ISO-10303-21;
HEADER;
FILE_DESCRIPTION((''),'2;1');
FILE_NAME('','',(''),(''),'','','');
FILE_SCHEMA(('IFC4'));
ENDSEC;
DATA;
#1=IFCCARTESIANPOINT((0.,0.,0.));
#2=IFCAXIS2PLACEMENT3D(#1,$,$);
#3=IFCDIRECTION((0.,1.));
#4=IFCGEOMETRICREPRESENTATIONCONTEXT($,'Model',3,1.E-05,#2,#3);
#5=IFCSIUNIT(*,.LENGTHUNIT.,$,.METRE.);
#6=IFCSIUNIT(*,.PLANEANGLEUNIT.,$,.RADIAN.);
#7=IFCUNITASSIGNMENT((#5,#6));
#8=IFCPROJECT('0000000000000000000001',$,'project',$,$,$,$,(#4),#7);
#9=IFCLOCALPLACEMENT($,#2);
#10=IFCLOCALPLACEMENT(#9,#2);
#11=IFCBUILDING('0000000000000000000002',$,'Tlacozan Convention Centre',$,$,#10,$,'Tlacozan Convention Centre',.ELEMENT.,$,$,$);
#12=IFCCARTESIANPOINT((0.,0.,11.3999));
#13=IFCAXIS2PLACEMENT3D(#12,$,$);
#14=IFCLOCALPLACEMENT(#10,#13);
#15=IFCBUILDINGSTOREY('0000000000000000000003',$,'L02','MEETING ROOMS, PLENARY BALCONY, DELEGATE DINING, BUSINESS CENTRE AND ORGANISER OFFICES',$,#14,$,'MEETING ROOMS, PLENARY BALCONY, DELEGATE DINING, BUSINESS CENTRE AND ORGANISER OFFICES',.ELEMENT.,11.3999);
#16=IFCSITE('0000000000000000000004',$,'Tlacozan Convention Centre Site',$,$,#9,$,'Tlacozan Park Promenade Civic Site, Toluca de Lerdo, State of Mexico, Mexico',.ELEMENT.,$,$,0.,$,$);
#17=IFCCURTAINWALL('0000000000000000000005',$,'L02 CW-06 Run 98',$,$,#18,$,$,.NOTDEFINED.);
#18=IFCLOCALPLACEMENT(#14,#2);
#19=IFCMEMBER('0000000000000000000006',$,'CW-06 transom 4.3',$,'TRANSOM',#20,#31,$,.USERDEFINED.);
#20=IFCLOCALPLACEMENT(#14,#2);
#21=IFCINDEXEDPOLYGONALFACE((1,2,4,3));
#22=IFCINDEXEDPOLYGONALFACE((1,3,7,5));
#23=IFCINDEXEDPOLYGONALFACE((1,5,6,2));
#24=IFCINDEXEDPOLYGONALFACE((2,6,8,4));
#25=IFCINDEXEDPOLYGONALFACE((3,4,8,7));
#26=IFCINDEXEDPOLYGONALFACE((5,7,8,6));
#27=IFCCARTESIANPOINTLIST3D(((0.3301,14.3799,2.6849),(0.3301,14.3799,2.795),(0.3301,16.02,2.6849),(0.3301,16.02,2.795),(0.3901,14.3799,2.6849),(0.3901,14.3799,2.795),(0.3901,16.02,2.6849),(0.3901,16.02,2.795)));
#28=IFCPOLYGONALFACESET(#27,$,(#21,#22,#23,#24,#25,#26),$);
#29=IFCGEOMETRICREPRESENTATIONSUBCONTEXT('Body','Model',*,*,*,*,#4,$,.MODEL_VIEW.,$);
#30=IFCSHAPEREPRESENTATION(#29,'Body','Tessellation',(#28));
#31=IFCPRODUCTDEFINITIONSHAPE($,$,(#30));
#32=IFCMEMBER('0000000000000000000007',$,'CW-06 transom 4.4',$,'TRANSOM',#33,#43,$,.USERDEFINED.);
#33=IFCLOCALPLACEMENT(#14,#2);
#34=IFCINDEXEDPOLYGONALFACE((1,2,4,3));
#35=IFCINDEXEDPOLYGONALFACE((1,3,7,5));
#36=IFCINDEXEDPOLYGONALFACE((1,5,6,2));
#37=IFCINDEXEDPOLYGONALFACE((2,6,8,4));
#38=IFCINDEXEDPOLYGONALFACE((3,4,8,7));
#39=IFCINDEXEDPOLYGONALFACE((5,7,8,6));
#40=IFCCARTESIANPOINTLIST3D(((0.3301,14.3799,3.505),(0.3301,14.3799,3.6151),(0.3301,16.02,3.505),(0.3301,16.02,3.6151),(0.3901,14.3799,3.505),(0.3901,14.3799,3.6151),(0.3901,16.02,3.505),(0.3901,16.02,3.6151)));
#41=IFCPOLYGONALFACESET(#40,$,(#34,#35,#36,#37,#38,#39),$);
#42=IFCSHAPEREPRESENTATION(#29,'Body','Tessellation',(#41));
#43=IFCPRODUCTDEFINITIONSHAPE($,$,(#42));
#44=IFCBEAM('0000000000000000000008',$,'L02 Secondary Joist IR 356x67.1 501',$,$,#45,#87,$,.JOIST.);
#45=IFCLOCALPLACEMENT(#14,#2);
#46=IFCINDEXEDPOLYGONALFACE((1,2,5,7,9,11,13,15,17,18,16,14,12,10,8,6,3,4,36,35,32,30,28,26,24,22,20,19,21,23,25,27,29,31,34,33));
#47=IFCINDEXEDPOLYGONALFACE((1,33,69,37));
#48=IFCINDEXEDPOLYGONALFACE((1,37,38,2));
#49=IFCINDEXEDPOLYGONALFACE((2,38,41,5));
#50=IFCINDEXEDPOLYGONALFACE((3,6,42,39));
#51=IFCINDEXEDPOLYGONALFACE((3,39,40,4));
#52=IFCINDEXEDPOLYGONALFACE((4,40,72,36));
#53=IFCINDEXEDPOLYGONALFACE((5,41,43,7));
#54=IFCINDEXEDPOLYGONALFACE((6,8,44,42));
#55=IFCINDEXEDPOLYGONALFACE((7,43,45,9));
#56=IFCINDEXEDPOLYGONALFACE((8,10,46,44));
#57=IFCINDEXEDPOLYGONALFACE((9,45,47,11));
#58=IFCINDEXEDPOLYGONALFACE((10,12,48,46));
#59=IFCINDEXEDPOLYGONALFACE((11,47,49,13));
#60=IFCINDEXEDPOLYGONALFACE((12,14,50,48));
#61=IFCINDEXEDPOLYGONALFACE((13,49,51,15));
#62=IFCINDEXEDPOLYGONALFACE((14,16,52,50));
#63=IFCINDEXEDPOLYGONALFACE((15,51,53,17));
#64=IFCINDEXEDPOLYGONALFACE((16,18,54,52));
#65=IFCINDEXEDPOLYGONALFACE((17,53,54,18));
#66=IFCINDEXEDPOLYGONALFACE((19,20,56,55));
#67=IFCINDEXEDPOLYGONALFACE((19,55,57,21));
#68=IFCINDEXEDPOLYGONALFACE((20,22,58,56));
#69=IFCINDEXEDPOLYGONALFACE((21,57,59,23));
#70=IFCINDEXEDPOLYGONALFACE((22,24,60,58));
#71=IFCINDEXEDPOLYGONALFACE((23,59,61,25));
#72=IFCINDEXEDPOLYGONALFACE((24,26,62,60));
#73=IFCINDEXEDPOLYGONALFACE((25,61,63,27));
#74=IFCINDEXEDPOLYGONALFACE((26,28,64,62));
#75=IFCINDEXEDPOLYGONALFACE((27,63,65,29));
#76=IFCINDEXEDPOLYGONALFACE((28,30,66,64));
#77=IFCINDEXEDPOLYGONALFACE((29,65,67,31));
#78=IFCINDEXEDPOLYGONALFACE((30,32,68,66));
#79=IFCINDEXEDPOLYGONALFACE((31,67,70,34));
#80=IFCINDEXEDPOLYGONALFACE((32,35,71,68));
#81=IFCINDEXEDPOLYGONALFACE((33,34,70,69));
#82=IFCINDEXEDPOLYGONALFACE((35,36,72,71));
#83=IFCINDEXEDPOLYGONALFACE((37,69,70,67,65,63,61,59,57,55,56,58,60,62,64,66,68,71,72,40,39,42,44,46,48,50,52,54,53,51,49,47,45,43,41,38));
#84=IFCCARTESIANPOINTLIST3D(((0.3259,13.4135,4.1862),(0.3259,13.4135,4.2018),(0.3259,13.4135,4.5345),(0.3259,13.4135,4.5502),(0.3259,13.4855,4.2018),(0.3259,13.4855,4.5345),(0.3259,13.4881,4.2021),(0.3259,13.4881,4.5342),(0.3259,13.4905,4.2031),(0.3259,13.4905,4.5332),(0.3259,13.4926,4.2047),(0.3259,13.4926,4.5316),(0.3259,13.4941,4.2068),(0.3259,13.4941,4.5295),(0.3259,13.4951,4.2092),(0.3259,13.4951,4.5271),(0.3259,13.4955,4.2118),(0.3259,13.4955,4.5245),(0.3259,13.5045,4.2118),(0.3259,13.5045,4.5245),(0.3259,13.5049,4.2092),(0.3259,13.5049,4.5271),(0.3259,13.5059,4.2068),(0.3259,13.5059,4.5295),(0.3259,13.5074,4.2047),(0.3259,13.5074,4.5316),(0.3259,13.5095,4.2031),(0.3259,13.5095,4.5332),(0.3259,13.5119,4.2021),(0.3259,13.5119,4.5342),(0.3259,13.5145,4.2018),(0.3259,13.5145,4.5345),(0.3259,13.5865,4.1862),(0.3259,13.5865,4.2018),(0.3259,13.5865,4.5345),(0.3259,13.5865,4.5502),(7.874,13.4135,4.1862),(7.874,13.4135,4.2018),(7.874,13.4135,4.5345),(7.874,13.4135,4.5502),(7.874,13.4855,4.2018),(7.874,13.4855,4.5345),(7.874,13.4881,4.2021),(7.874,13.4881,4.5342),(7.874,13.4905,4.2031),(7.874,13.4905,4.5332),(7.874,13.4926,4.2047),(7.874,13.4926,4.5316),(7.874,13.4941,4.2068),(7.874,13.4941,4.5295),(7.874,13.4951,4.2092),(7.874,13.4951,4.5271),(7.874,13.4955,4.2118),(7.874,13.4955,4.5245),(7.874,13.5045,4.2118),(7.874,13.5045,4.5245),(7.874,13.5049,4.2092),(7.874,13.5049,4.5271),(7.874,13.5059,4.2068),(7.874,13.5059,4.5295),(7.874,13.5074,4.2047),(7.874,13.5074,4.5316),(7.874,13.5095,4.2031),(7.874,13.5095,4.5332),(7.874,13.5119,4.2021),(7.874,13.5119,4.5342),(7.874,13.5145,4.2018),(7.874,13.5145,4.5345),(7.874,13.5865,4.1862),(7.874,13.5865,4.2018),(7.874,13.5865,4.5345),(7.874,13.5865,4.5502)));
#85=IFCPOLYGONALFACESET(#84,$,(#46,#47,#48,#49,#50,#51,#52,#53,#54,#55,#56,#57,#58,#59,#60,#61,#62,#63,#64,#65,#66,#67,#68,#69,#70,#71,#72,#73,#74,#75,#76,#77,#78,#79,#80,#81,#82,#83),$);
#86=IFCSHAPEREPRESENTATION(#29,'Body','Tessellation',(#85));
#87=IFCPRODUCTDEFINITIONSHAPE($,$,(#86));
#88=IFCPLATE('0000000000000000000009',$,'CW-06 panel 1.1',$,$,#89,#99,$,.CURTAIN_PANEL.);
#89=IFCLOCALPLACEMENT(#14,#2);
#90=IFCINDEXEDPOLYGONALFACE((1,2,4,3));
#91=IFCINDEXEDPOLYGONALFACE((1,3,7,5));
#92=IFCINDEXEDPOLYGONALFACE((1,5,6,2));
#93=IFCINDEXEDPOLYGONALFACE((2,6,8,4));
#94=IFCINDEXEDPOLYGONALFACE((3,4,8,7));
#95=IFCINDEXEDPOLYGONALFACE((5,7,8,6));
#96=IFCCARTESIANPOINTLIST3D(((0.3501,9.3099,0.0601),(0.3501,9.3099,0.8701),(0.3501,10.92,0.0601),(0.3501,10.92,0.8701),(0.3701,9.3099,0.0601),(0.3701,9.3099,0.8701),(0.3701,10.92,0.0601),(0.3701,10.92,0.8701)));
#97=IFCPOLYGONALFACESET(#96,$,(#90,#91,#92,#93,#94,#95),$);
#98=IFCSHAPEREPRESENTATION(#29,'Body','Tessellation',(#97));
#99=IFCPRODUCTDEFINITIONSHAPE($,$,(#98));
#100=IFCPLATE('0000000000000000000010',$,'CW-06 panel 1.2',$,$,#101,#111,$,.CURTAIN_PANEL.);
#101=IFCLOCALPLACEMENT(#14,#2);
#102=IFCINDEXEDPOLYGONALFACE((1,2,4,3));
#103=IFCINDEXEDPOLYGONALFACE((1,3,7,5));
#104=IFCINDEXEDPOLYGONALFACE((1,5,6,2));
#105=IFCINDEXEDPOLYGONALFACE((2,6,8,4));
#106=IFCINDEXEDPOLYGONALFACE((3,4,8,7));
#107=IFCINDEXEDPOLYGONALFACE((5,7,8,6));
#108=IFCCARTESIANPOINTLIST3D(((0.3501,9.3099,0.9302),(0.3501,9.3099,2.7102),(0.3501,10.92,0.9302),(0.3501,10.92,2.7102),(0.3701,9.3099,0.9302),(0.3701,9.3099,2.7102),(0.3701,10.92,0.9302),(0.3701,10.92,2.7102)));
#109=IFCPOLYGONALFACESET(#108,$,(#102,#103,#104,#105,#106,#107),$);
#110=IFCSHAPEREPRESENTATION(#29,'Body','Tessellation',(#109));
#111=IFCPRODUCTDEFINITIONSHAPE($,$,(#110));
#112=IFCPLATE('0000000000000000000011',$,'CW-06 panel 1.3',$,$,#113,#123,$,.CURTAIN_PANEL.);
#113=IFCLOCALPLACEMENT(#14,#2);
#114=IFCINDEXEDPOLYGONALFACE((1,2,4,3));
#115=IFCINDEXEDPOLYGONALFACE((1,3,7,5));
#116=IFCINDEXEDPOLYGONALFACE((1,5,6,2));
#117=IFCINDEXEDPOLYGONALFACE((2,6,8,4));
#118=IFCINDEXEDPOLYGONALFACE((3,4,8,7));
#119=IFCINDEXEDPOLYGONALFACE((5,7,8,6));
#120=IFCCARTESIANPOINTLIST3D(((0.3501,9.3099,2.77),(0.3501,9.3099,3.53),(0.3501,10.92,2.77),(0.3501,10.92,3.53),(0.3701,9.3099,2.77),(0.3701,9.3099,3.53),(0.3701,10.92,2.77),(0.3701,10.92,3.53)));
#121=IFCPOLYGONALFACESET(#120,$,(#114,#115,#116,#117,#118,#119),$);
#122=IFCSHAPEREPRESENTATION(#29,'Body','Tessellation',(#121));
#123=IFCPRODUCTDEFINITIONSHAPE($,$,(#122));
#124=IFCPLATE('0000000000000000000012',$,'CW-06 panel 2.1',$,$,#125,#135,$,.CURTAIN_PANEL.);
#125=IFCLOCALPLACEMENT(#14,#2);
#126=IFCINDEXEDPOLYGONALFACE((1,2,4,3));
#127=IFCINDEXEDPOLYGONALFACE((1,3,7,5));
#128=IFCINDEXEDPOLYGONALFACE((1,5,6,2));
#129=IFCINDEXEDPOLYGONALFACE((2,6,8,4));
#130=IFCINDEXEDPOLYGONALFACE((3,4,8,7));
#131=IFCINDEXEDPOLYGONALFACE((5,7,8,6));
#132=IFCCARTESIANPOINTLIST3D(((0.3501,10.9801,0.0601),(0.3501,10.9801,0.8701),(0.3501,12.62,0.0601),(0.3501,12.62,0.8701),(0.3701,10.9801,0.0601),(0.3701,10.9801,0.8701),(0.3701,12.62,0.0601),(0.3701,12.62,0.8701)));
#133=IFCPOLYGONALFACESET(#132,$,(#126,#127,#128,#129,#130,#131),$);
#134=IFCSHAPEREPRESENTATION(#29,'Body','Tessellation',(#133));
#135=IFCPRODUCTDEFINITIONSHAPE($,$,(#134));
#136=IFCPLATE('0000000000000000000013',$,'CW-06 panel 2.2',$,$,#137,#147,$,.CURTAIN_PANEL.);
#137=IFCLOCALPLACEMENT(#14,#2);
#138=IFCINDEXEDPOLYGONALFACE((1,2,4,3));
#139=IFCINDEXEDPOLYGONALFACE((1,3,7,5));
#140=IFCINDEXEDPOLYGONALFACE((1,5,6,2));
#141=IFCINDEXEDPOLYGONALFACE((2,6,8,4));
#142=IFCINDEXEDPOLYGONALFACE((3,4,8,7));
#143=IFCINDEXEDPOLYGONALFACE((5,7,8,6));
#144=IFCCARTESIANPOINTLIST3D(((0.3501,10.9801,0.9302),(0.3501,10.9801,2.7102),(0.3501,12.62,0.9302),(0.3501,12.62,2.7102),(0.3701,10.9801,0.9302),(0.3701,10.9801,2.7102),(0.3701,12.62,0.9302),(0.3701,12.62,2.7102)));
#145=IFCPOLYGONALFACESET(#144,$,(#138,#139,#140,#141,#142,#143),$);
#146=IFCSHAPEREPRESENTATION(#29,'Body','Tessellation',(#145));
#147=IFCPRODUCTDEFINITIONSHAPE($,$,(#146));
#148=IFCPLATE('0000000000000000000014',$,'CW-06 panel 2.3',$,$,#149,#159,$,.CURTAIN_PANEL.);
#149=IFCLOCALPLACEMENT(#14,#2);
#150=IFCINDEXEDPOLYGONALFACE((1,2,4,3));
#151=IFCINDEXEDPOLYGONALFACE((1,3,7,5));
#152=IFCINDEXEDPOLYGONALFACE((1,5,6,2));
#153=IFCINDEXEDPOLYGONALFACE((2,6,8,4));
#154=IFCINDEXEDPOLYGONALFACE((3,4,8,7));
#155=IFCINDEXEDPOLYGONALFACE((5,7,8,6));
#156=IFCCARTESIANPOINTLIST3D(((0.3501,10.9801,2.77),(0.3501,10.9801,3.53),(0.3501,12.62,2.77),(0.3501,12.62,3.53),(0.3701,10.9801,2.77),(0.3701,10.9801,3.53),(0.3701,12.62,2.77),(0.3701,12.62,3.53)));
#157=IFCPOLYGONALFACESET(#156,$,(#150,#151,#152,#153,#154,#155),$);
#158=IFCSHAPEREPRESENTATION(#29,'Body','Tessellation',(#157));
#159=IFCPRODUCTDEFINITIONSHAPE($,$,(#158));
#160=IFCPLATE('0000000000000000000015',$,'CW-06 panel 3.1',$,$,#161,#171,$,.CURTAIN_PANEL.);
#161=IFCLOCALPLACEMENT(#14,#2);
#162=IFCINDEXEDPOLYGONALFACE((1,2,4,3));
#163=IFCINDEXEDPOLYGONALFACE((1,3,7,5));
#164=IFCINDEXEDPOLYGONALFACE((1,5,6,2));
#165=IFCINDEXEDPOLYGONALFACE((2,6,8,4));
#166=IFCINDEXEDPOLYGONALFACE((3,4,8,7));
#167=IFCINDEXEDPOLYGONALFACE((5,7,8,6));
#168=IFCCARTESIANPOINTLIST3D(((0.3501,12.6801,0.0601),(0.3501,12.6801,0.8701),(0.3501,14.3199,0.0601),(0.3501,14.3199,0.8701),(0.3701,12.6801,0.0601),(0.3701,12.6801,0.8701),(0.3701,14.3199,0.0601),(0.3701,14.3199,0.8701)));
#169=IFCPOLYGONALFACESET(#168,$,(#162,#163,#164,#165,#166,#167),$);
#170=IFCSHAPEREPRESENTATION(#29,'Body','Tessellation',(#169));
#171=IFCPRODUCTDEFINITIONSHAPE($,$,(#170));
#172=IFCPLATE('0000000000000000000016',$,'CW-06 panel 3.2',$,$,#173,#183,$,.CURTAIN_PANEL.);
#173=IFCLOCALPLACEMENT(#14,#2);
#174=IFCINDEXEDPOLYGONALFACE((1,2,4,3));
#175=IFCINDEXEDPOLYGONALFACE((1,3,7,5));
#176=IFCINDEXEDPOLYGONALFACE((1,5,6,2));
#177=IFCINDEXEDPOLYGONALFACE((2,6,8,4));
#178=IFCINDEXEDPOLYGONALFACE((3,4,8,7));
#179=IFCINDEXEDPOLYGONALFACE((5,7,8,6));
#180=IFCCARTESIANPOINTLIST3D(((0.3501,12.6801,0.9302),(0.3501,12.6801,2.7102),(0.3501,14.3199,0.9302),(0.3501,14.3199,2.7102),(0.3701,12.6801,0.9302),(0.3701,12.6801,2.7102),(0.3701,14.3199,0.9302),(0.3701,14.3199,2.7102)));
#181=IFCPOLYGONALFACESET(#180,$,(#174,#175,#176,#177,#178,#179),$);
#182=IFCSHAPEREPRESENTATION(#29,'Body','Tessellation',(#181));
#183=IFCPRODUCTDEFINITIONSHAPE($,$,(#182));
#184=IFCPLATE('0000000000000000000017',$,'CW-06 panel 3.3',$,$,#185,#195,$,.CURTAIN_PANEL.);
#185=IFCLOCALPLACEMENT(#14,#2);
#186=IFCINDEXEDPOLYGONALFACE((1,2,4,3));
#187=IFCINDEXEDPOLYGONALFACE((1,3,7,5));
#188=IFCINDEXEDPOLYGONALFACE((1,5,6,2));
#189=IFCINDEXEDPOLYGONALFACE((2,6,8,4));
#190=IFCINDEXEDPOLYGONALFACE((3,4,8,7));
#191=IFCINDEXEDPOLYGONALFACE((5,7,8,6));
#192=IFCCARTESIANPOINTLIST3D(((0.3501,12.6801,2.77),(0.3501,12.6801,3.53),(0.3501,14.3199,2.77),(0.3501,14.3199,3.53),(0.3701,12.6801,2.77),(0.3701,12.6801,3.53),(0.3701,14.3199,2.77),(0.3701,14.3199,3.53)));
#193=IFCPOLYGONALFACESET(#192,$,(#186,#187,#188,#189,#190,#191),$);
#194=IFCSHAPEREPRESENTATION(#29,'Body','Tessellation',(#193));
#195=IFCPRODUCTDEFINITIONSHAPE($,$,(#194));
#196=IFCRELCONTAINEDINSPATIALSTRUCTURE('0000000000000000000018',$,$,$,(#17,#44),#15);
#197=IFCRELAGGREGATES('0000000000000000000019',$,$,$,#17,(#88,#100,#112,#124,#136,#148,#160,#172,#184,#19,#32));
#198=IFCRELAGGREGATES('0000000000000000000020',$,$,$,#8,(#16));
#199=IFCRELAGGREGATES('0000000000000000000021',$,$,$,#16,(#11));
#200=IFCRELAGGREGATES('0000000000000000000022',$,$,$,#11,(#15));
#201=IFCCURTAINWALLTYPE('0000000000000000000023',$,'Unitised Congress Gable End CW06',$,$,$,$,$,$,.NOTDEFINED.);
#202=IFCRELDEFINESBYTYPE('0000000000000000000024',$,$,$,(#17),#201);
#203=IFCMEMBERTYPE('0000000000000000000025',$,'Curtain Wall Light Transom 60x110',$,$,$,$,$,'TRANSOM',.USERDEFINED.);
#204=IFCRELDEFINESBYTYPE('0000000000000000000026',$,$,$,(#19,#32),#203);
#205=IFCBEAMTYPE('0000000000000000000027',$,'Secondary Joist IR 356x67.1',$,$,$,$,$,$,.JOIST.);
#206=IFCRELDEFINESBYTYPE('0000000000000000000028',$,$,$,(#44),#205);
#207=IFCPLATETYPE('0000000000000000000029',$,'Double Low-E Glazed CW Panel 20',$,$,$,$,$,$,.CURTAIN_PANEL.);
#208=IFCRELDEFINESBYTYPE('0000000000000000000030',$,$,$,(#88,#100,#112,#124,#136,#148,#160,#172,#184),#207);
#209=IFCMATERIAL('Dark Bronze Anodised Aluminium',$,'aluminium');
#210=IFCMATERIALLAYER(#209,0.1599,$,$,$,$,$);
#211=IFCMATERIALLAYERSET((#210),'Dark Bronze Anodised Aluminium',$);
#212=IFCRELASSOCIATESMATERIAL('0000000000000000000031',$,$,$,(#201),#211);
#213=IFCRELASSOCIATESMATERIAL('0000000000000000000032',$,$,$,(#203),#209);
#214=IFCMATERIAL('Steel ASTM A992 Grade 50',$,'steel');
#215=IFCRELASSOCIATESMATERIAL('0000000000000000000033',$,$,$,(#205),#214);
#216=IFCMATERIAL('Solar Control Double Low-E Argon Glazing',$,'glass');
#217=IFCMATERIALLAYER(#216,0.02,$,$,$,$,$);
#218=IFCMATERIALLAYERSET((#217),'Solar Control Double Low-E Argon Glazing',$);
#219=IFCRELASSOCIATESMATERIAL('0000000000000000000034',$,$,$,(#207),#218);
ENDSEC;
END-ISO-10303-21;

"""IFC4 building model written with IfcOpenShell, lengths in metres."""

from ifc_helpers import new_model, si_unit, direction, frame, origin, origin_2d, place, context, subcontext, project, spatial, rectangle, i_section, extrude, material, layer, layer_set, material_profile, profile_set, type_object, element, aggregate, save


model = new_model("IFC4")

# Units and contexts
model_context = context("Model", 3, precision=1e-05, world=origin(), true_north=direction((0.0, 1.0)))
body_context = subcontext(model_context, "Body", "Model", "MODEL_VIEW")
ifc_project = project(units=[si_unit("LENGTHUNIT", "METRE"), si_unit("PLANEANGLEUNIT", "RADIAN")], contexts=[model_context])

# Site, building, storey
site_placement = place(None, origin())
site = spatial("IfcSite", under=ifc_project, at=site_placement, Name="Tlacozan Convention Centre Site", LongName="Tlacozan Park Promenade Civic Site, Toluca de Lerdo, State of Mexico, Mexico", CompositionType="ELEMENT", RefElevation=0.0)
building_placement = place(site_placement, origin())
building = spatial("IfcBuilding", under=site, at=building_placement, Name="Tlacozan Convention Centre", LongName="Tlacozan Convention Centre", CompositionType="ELEMENT")
storey_placement = place(building_placement, frame((0.0, 0.0, 11.3999)))
storey = spatial("IfcBuildingStorey", under=building, at=storey_placement, Name="L02", Description="MEETING ROOMS, PLENARY BALCONY, DELEGATE DINING, BUSINESS CENTRE AND ORGANISER OFFICES", LongName="MEETING ROOMS, PLENARY BALCONY, DELEGATE DINING, BUSINESS CENTRE AND ORGANISER OFFICES", CompositionType="ELEMENT", Elevation=11.3999)

# Curtain wall, members
ifc_material_1 = material(Name="Dark Bronze Anodised Aluminium", Category="aluminium")
ifc_layer_1 = layer(ifc_material_1, 0.1599)
ifc_layer_set_1 = layer_set([ifc_layer_1], Name="Dark Bronze Anodised Aluminium")
curtain_wall_type = type_object("IfcCurtainWallType", Name="Unitised Congress Gable End CW06", PredefinedType="NOTDEFINED", material=ifc_layer_set_1)
curtain_wall_placement = place(storey_placement, origin())
curtain_wall = element("IfcCurtainWall", 1, at=curtain_wall_placement, inside=storey, type_object=curtain_wall_type, Name="L02 CW-06 Run 98", PredefinedType="NOTDEFINED")
ifc_material_profile_1 = material_profile(ifc_material_1, rectangle(XDim=0.0601, YDim=0.1101, at=origin_2d()), Name="ALU 60x110")
ifc_profile_set_1 = profile_set([ifc_material_profile_1], Name="Dark Bronze Anodised Aluminium")
member_type_1 = type_object("IfcMemberType", Name="Curtain Wall Light Transom 60x110", ElementType="TRANSOM", PredefinedType="USERDEFINED", material=ifc_profile_set_1)
member_1_placement = place(storey_placement, frame((0.3601, 14.3799, 2.74), z_axis=(0.0, 1.0, 0.0), x_axis=(-1.0, 0.0, 0.0)))
member_1 = element("IfcMember", 2, at=member_1_placement, type_object=member_type_1, Name="CW-06 transom 4.3", ObjectType="TRANSOM", PredefinedType="USERDEFINED", context=body_context, shape_type="SweptSolid", body=[
    extrude(rectangle(XDim=0.0601, YDim=0.1101, at=origin_2d()), origin(), (0.0, 0.0, 1.0), 1.6401),
])
member_2_placement = place(storey_placement, frame((0.3601, 14.3799, 3.5601), z_axis=(0.0, 1.0, 0.0), x_axis=(-1.0, 0.0, 0.0)))
member_2 = element("IfcMember", 3, at=member_2_placement, type_object=member_type_1, Name="CW-06 transom 4.4", ObjectType="TRANSOM", PredefinedType="USERDEFINED", context=body_context, shape_type="SweptSolid", body=[
    extrude(rectangle(XDim=0.0601, YDim=0.1101, at=origin_2d()), origin(), (0.0, 0.0, 1.0), 1.6401),
])

# Beam
ifc_material_2 = material(Name="Steel ASTM A992 Grade 50", Category="steel")
ifc_material_profile_2 = material_profile(ifc_material_2, i_section(OverallWidth=0.1731, OverallDepth=0.364, WebThickness=0.009, FlangeThickness=0.0156, FilletRadius=0.01, at=origin_2d()), Name="IR 356x67.1")
ifc_profile_set_2 = profile_set([ifc_material_profile_2], Name="Steel ASTM A992 Grade 50")
beam_type = type_object("IfcBeamType", Name="Secondary Joist IR 356x67.1", PredefinedType="JOIST", material=ifc_profile_set_2)
beam_placement = place(storey_placement, frame((0.3259, 13.5, 4.3682), z_axis=(1.0, 0.0, 0.0), x_axis=(0.0, 1.0, 0.0)))
element("IfcBeam", 4, at=beam_placement, inside=storey, type_object=beam_type, Name="L02 Secondary Joist IR 356x67.1 501", PredefinedType="JOIST", context=body_context, shape_type="SweptSolid", body=[
    extrude(i_section(OverallWidth=0.1731, OverallDepth=0.364, WebThickness=0.009, FlangeThickness=0.0156, FilletRadius=0.01, at=origin_2d()), origin(), (0.0, 0.0, 1.0), 7.5481),
])

# Plates
ifc_material_3 = material(Name="Solar Control Double Low-E Argon Glazing", Category="glass")
ifc_layer_2 = layer(ifc_material_3, 0.02)
ifc_layer_set_2 = layer_set([ifc_layer_2], Name="Solar Control Double Low-E Argon Glazing")
plate_type = type_object("IfcPlateType", Name="Double Low-E Glazed CW Panel 20", PredefinedType="CURTAIN_PANEL", material=ifc_layer_set_2)
plate_1_placement = place(storey_placement, frame((0.3601, 10.115, 0.0601), z_axis=(0.0, 0.0, 1.0), x_axis=(0.0, 1.0, 0.0)))
plate_1 = element("IfcPlate", 5, at=plate_1_placement, type_object=plate_type, Name="CW-06 panel 1.1", PredefinedType="CURTAIN_PANEL", context=body_context, shape_type="SweptSolid", body=[
    extrude(rectangle(XDim=1.6101, YDim=0.02, at=origin_2d()), origin(), (0.0, 0.0, 1.0), 0.8101),
])
plate_2_placement = place(storey_placement, frame((0.3601, 10.115, 0.9302), z_axis=(0.0, 0.0, 1.0), x_axis=(0.0, 1.0, 0.0)))
plate_2 = element("IfcPlate", 6, at=plate_2_placement, type_object=plate_type, Name="CW-06 panel 1.2", PredefinedType="CURTAIN_PANEL", context=body_context, shape_type="SweptSolid", body=[
    extrude(rectangle(XDim=1.6101, YDim=0.02, at=origin_2d()), origin(), (0.0, 0.0, 1.0), 1.78),
])
plate_3_placement = place(storey_placement, frame((0.3601, 10.115, 2.77), z_axis=(0.0, 0.0, 1.0), x_axis=(0.0, 1.0, 0.0)))
plate_3 = element("IfcPlate", 7, at=plate_3_placement, type_object=plate_type, Name="CW-06 panel 1.3", PredefinedType="CURTAIN_PANEL", context=body_context, shape_type="SweptSolid", body=[
    extrude(rectangle(XDim=1.6101, YDim=0.02, at=origin_2d()), origin(), (0.0, 0.0, 1.0), 0.76),
])
plate_4_placement = place(storey_placement, frame((0.3601, 11.8, 0.0601), z_axis=(0.0, 0.0, 1.0), x_axis=(0.0, 1.0, 0.0)))
plate_4 = element("IfcPlate", 8, at=plate_4_placement, type_object=plate_type, Name="CW-06 panel 2.1", PredefinedType="CURTAIN_PANEL", context=body_context, shape_type="SweptSolid", body=[
    extrude(rectangle(XDim=1.6399, YDim=0.02, at=origin_2d()), origin(), (0.0, 0.0, 1.0), 0.8101),
])
plate_5_placement = place(storey_placement, frame((0.3601, 11.8, 0.9302), z_axis=(0.0, 0.0, 1.0), x_axis=(0.0, 1.0, 0.0)))
plate_5 = element("IfcPlate", 9, at=plate_5_placement, type_object=plate_type, Name="CW-06 panel 2.2", PredefinedType="CURTAIN_PANEL", context=body_context, shape_type="SweptSolid", body=[
    extrude(rectangle(XDim=1.6399, YDim=0.02, at=origin_2d()), origin(), (0.0, 0.0, 1.0), 1.78),
])
plate_6_placement = place(storey_placement, frame((0.3601, 11.8, 2.77), z_axis=(0.0, 0.0, 1.0), x_axis=(0.0, 1.0, 0.0)))
plate_6 = element("IfcPlate", 10, at=plate_6_placement, type_object=plate_type, Name="CW-06 panel 2.3", PredefinedType="CURTAIN_PANEL", context=body_context, shape_type="SweptSolid", body=[
    extrude(rectangle(XDim=1.6399, YDim=0.02, at=origin_2d()), origin(), (0.0, 0.0, 1.0), 0.76),
])
plate_7_placement = place(storey_placement, frame((0.3601, 13.5, 0.0601), z_axis=(0.0, 0.0, 1.0), x_axis=(0.0, 1.0, 0.0)))
plate_7 = element("IfcPlate", 11, at=plate_7_placement, type_object=plate_type, Name="CW-06 panel 3.1", PredefinedType="CURTAIN_PANEL", context=body_context, shape_type="SweptSolid", body=[
    extrude(rectangle(XDim=1.6399, YDim=0.02, at=origin_2d()), origin(), (0.0, 0.0, 1.0), 0.8101),
])
plate_8_placement = place(storey_placement, frame((0.3601, 13.5, 0.9302), z_axis=(0.0, 0.0, 1.0), x_axis=(0.0, 1.0, 0.0)))
plate_8 = element("IfcPlate", 12, at=plate_8_placement, type_object=plate_type, Name="CW-06 panel 3.2", PredefinedType="CURTAIN_PANEL", context=body_context, shape_type="SweptSolid", body=[
    extrude(rectangle(XDim=1.6399, YDim=0.02, at=origin_2d()), origin(), (0.0, 0.0, 1.0), 1.78),
])
plate_9_placement = place(storey_placement, frame((0.3601, 13.5, 2.77), z_axis=(0.0, 0.0, 1.0), x_axis=(0.0, 1.0, 0.0)))
plate_9 = element("IfcPlate", 13, at=plate_9_placement, type_object=plate_type, Name="CW-06 panel 3.3", PredefinedType="CURTAIN_PANEL", context=body_context, shape_type="SweptSolid", body=[
    extrude(rectangle(XDim=1.6399, YDim=0.02, at=origin_2d()), origin(), (0.0, 0.0, 1.0), 0.76),
])
aggregate(curtain_wall, [plate_1, plate_2, plate_3, plate_4, plate_5, plate_6, plate_7, plate_8, plate_9, member_1, member_2])

save(model, "model.ifc")
